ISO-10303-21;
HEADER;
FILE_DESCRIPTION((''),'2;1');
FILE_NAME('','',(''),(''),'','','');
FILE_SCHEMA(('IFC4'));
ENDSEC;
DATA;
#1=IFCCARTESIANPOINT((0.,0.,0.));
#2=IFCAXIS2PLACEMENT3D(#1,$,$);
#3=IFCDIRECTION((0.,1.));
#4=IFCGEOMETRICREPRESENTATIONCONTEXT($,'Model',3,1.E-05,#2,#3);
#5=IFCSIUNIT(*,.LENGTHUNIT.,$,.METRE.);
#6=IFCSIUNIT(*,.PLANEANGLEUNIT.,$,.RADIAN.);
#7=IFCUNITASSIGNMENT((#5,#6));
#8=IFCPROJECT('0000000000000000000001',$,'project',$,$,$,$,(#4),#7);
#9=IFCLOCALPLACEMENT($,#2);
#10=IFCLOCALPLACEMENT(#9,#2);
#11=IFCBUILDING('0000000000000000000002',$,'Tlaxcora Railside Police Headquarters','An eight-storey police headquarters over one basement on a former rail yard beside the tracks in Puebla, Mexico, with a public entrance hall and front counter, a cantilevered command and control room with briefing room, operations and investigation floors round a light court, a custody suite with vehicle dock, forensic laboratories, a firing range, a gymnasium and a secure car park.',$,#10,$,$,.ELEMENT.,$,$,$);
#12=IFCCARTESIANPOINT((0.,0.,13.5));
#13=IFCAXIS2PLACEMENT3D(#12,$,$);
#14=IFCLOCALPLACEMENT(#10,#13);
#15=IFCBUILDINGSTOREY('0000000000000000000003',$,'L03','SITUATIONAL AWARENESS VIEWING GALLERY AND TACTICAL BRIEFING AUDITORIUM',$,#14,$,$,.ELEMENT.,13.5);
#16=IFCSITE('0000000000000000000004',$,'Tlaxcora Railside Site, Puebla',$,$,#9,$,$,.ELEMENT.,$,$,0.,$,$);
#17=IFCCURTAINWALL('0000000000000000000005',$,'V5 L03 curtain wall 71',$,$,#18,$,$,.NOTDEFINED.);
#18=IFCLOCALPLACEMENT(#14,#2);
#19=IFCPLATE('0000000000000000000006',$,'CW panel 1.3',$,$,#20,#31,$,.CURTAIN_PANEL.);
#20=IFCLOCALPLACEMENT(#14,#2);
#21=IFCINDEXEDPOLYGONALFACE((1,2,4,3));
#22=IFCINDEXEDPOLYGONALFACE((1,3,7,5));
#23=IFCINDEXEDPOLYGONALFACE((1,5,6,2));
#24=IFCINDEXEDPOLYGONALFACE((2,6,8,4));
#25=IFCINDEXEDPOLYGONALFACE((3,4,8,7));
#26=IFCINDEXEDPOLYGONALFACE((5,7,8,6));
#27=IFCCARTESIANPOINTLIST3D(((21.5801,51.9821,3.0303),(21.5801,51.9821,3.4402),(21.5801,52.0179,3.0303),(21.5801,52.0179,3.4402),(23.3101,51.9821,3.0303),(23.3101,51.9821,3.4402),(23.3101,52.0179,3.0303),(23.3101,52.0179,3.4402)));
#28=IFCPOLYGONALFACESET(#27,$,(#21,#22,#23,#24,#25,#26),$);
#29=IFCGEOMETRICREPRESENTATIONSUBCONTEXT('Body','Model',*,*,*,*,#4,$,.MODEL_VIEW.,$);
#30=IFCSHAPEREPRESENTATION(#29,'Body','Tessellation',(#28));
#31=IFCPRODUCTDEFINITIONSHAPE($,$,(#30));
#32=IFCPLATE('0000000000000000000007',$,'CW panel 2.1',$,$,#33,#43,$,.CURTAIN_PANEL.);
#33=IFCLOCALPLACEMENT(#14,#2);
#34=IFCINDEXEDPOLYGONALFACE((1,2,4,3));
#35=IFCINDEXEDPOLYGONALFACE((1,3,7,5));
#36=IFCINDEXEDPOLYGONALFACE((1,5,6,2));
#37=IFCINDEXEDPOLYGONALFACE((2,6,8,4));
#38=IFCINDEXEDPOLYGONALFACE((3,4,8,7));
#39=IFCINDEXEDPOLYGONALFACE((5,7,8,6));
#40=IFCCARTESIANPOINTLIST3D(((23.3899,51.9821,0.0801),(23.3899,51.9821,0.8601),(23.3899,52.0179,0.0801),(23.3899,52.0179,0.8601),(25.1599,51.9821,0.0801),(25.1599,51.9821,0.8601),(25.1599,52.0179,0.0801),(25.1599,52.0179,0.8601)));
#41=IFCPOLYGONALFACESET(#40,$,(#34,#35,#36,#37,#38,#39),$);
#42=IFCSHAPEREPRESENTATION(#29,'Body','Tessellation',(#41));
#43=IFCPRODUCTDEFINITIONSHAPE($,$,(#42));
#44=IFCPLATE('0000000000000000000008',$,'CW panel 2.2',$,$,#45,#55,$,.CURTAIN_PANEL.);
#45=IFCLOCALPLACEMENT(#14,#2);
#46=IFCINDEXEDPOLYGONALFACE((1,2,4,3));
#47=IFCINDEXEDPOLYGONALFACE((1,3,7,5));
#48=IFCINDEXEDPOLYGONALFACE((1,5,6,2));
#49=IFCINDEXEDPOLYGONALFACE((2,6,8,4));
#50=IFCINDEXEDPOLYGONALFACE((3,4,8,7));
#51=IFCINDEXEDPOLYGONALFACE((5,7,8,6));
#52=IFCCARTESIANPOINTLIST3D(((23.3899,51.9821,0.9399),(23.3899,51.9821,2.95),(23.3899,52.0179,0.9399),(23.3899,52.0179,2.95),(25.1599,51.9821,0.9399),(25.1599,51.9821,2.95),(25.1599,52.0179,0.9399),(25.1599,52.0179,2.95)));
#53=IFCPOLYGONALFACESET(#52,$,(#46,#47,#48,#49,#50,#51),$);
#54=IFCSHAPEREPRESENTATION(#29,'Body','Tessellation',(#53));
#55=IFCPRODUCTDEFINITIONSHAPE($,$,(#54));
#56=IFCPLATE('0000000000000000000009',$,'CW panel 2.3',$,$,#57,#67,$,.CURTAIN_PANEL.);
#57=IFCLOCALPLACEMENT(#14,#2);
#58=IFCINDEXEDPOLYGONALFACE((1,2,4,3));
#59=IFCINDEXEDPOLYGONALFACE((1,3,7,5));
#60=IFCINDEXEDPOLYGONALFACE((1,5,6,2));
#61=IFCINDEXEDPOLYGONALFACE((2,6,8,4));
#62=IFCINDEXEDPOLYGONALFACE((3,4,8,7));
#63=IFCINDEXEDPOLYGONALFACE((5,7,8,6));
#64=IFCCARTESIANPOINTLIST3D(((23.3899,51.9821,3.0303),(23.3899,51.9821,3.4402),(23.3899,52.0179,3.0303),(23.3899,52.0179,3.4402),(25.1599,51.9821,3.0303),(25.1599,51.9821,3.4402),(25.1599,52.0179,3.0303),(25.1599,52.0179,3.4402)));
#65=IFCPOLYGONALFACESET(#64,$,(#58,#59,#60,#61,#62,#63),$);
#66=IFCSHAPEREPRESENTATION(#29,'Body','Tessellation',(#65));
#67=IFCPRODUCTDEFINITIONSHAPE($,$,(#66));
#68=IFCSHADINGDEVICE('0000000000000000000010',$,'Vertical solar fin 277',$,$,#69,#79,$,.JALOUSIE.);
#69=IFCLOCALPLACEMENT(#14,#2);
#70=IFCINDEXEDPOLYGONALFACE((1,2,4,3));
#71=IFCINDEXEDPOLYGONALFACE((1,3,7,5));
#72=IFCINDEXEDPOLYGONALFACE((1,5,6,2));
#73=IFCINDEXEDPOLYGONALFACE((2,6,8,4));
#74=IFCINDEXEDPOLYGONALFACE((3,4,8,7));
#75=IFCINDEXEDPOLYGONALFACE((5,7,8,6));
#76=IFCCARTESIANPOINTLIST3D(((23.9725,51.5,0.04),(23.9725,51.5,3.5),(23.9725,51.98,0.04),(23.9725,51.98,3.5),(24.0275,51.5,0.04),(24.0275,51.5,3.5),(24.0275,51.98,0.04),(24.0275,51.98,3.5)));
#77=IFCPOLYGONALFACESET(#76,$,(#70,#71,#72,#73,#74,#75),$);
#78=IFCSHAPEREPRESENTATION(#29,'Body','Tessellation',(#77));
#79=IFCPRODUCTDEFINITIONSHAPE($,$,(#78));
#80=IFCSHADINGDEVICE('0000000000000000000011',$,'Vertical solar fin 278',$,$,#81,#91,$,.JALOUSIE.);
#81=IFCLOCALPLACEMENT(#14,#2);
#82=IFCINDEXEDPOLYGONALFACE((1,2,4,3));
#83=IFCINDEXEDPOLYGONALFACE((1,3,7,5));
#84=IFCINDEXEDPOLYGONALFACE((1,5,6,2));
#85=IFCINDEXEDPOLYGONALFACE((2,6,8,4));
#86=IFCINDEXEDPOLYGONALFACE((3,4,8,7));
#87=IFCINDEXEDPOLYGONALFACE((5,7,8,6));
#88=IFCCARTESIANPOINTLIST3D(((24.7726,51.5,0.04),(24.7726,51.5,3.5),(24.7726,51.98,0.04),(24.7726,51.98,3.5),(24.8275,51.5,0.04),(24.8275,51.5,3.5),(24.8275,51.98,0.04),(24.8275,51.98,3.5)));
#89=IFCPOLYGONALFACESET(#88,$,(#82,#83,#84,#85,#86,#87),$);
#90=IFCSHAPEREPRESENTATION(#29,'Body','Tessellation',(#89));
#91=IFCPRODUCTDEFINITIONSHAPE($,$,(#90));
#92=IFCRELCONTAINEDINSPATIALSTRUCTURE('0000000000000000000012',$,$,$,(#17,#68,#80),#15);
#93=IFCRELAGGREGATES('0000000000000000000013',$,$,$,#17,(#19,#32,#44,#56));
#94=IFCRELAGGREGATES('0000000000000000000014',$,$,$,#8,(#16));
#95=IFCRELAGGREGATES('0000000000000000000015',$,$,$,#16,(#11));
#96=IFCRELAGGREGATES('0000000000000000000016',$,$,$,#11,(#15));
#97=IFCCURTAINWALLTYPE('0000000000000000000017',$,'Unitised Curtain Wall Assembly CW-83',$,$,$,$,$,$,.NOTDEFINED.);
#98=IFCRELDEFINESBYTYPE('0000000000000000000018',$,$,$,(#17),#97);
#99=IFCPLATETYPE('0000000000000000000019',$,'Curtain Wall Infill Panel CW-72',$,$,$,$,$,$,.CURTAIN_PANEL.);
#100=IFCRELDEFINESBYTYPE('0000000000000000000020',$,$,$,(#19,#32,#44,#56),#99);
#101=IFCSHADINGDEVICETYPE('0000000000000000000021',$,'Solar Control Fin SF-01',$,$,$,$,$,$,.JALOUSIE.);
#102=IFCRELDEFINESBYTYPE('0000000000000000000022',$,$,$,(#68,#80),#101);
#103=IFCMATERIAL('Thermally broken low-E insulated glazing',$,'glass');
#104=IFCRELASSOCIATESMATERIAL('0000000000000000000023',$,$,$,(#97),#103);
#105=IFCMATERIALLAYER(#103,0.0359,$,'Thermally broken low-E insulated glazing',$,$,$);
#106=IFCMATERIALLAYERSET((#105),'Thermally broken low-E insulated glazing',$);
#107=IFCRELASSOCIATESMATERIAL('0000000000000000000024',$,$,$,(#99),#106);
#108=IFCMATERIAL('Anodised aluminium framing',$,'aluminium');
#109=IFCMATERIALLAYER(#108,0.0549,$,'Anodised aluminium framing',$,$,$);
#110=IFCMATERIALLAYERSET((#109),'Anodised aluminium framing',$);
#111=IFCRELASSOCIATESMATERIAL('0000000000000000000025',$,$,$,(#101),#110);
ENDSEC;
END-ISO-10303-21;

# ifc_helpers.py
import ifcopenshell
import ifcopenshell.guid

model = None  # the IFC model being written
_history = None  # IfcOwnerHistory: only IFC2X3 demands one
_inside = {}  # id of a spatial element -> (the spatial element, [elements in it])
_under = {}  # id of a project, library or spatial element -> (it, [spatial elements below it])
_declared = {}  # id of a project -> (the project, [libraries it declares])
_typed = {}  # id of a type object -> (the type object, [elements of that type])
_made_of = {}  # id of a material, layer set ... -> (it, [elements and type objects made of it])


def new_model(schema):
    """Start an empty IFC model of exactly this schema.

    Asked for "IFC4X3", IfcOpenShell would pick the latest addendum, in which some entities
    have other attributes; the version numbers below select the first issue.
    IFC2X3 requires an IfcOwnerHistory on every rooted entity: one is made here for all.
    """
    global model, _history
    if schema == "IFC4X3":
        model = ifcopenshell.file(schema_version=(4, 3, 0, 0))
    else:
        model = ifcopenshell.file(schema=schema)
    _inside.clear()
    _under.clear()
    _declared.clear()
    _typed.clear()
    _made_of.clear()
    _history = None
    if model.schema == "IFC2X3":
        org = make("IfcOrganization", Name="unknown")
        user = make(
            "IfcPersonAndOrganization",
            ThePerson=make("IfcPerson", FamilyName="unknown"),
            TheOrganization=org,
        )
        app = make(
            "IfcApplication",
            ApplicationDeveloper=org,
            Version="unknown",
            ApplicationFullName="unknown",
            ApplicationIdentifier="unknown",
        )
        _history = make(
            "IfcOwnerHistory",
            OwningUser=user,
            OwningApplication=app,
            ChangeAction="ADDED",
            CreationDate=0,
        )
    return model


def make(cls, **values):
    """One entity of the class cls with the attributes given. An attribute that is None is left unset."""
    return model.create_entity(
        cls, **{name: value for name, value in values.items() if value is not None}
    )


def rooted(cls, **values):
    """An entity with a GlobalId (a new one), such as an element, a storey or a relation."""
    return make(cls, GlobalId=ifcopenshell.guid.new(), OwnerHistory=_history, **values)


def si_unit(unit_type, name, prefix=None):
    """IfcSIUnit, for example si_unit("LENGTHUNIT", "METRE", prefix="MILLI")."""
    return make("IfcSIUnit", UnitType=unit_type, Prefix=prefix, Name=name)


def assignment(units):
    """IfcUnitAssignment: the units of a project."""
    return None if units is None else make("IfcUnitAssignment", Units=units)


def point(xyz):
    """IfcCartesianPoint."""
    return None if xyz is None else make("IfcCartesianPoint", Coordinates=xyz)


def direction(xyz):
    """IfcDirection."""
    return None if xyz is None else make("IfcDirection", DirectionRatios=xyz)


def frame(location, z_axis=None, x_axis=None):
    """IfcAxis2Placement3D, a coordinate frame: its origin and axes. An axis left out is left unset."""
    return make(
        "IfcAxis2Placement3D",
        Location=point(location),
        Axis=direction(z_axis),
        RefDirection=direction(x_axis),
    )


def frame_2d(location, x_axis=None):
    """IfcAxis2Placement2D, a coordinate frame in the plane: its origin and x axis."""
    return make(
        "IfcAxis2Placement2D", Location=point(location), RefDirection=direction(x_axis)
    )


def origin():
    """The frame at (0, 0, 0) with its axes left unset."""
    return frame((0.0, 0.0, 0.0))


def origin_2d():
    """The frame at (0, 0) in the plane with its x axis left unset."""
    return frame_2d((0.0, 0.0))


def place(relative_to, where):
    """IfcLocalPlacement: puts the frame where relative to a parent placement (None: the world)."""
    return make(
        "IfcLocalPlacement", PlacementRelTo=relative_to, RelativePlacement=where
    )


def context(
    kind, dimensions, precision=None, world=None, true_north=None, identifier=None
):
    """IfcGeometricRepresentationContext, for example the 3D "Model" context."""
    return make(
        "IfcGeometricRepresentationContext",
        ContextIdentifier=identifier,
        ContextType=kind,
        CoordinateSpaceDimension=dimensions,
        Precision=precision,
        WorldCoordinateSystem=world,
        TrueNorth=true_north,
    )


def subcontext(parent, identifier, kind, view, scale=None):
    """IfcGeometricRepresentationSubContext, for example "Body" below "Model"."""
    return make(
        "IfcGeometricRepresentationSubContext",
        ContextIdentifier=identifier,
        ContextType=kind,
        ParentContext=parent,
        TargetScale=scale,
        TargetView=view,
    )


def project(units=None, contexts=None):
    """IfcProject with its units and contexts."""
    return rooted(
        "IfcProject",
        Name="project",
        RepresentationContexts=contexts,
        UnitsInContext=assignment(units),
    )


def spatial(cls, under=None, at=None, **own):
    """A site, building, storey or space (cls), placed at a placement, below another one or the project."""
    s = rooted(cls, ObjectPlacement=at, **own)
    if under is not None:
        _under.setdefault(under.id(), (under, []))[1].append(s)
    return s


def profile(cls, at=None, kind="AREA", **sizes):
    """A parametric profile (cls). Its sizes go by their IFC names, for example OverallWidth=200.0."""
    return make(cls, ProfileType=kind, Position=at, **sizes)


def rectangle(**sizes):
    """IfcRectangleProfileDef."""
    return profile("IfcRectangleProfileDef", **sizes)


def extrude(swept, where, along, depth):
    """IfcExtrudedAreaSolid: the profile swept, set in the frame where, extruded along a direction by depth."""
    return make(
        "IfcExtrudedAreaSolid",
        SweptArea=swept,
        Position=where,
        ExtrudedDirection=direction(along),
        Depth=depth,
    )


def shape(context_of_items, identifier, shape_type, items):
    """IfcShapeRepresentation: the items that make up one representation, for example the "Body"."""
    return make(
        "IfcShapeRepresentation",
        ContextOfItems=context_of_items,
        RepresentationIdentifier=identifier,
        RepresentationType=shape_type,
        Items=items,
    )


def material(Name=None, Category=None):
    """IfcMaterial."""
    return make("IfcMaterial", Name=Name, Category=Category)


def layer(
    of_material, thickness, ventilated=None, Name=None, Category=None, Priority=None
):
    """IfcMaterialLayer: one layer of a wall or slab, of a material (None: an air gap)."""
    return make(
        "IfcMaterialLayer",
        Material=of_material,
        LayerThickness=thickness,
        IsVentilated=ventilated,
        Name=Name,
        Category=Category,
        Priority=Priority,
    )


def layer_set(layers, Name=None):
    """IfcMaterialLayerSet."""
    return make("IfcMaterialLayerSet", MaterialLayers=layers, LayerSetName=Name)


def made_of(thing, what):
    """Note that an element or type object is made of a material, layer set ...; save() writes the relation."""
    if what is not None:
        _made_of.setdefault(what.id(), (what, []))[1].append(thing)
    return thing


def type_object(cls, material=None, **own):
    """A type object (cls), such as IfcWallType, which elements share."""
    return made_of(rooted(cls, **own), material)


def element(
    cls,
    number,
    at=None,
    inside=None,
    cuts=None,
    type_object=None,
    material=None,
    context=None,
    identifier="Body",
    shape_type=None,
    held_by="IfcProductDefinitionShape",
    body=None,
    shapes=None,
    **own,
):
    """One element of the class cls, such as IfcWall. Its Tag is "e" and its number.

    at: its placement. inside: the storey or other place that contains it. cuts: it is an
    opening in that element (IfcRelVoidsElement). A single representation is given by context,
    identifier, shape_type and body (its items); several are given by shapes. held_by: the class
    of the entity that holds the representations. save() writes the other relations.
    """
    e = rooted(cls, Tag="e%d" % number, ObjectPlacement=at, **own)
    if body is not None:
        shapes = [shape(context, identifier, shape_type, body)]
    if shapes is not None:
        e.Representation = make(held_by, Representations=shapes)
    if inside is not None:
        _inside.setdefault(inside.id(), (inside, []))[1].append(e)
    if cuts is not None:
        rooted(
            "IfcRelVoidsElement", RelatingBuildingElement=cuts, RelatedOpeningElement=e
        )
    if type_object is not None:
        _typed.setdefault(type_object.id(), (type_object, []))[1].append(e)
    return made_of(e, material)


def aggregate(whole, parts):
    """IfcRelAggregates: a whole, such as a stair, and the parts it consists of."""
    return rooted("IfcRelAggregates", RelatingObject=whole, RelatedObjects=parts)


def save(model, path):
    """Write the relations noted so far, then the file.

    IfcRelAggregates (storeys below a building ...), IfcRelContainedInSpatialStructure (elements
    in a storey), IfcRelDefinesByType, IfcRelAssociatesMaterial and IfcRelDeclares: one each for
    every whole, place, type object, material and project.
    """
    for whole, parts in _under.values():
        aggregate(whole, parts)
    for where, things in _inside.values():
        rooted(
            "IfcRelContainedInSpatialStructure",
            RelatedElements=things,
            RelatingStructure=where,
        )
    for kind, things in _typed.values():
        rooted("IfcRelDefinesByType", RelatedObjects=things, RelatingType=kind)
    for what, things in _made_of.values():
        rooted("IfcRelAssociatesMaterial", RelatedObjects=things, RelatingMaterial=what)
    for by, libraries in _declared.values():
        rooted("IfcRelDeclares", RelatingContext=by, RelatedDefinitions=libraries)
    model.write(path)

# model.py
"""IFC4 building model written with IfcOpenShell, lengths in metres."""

from ifc_helpers import new_model, si_unit, direction, frame, origin, origin_2d, place, context, subcontext, project, spatial, rectangle, extrude, material, layer, layer_set, type_object, element, aggregate, save


model = new_model("IFC4")

# Units and contexts
model_context = context("Model", 3, precision=1e-05, world=origin(), true_north=direction((0.0, 1.0)))
body_context = subcontext(model_context, "Body", "Model", "MODEL_VIEW")
ifc_project = project(units=[si_unit("LENGTHUNIT", "METRE"), si_unit("PLANEANGLEUNIT", "RADIAN")], contexts=[model_context])

# Site, building, storey
site_placement = place(None, origin())
site = spatial("IfcSite", under=ifc_project, at=site_placement, Name="Tlaxcora Railside Site, Puebla", CompositionType="ELEMENT", RefElevation=0.0)
building_placement = place(site_placement, origin())
building = spatial("IfcBuilding", under=site, at=building_placement, Name="Tlaxcora Railside Police Headquarters", Description="An eight-storey police headquarters over one basement on a former rail yard beside the tracks in Puebla, Mexico, with a public entrance hall and front counter, a cantilevered command and control room with briefing room, operations and investigation floors round a light court, a custody suite with vehicle dock, forensic laboratories, a firing range, a gymnasium and a secure car park.", CompositionType="ELEMENT")
storey_placement = place(building_placement, frame((0.0, 0.0, 13.5)))
storey = spatial("IfcBuildingStorey", under=building, at=storey_placement, Name="L03", Description="SITUATIONAL AWARENESS VIEWING GALLERY AND TACTICAL BRIEFING AUDITORIUM", CompositionType="ELEMENT", Elevation=13.5)

# Curtain wall
ifc_material_1 = material(Name="Thermally broken low-E insulated glazing", Category="glass")
curtain_wall_type = type_object("IfcCurtainWallType", Name="Unitised Curtain Wall Assembly CW-83", PredefinedType="NOTDEFINED", material=ifc_material_1)
curtain_wall_placement = place(storey_placement, origin())
curtain_wall = element("IfcCurtainWall", 1, at=curtain_wall_placement, inside=storey, type_object=curtain_wall_type, Name="V5 L03 curtain wall 71", PredefinedType="NOTDEFINED")
ifc_material_2 = material(Name="Anodised aluminium framing", Category="aluminium")

# Plates
ifc_layer_1 = layer(ifc_material_1, 0.0359, Name="Thermally broken low-E insulated glazing")
ifc_layer_set_1 = layer_set([ifc_layer_1], Name="Thermally broken low-E insulated glazing")
plate_type = type_object("IfcPlateType", Name="Curtain Wall Infill Panel CW-72", PredefinedType="CURTAIN_PANEL", material=ifc_layer_set_1)
plate_1_placement = place(storey_placement, frame((22.4451, 52.0, 3.0303), z_axis=(0.0, 0.0, 1.0), x_axis=(1.0, 0.0, 0.0)))
plate_1 = element("IfcPlate", 2, at=plate_1_placement, type_object=plate_type, Name="CW panel 1.3", PredefinedType="CURTAIN_PANEL", context=body_context, shape_type="SweptSolid", body=[
    extrude(rectangle(XDim=1.73, YDim=0.0359, at=origin_2d()), origin(), (0.0, 0.0, 1.0), 0.4099),
])
plate_2_placement = place(storey_placement, frame((24.2749, 52.0, 0.0801), z_axis=(0.0, 0.0, 1.0), x_axis=(1.0, 0.0, 0.0)))
plate_2 = element("IfcPlate", 3, at=plate_2_placement, type_object=plate_type, Name="CW panel 2.1", PredefinedType="CURTAIN_PANEL", context=body_context, shape_type="SweptSolid", body=[
    extrude(rectangle(XDim=1.77, YDim=0.0359, at=origin_2d()), origin(), (0.0, 0.0, 1.0), 0.78),
])
plate_3_placement = place(storey_placement, frame((24.2749, 52.0, 0.9399), z_axis=(0.0, 0.0, 1.0), x_axis=(1.0, 0.0, 0.0)))
plate_3 = element("IfcPlate", 4, at=plate_3_placement, type_object=plate_type, Name="CW panel 2.2", PredefinedType="CURTAIN_PANEL", context=body_context, shape_type="SweptSolid", body=[
    extrude(rectangle(XDim=1.77, YDim=0.0359, at=origin_2d()), origin(), (0.0, 0.0, 1.0), 2.01),
])
plate_4_placement = place(storey_placement, frame((24.2749, 52.0, 3.0303), z_axis=(0.0, 0.0, 1.0), x_axis=(1.0, 0.0, 0.0)))
plate_4 = element("IfcPlate", 5, at=plate_4_placement, type_object=plate_type, Name="CW panel 2.3", PredefinedType="CURTAIN_PANEL", context=body_context, shape_type="SweptSolid", body=[
    extrude(rectangle(XDim=1.77, YDim=0.0359, at=origin_2d()), origin(), (0.0, 0.0, 1.0), 0.4099),
])
aggregate(curtain_wall, [plate_1, plate_2, plate_3, plate_4])

# Shading devices
ifc_layer_2 = layer(ifc_material_2, 0.0549, Name="Anodised aluminium framing")
ifc_layer_set_2 = layer_set([ifc_layer_2], Name="Anodised aluminium framing")
shading_device_type = type_object("IfcShadingDeviceType", Name="Solar Control Fin SF-01", PredefinedType="JALOUSIE", material=ifc_layer_set_2)
for number, where, z_axis, x_axis, name in (
    (6, (24.0, 51.74, 0.04), (0.0, 0.0, 1.0), (0.0, -1.0, 0.0), "Vertical solar fin 277"),
    (7, (24.8, 51.74, 0.04), (0.0, 0.0, 1.0), (0.0, -1.0, 0.0), "Vertical solar fin 278"),
):
    element("IfcShadingDevice", number, at=place(storey_placement, frame(where, z_axis=z_axis, x_axis=x_axis)), inside=storey, type_object=shading_device_type, Name=name, PredefinedType="JALOUSIE", context=body_context, shape_type="SweptSolid", body=[
        extrude(rectangle(XDim=0.48, YDim=0.0549, at=origin_2d()), origin(), (0.0, 0.0, 1.0), 3.46),
    ])

save(model, "model.ifc")
